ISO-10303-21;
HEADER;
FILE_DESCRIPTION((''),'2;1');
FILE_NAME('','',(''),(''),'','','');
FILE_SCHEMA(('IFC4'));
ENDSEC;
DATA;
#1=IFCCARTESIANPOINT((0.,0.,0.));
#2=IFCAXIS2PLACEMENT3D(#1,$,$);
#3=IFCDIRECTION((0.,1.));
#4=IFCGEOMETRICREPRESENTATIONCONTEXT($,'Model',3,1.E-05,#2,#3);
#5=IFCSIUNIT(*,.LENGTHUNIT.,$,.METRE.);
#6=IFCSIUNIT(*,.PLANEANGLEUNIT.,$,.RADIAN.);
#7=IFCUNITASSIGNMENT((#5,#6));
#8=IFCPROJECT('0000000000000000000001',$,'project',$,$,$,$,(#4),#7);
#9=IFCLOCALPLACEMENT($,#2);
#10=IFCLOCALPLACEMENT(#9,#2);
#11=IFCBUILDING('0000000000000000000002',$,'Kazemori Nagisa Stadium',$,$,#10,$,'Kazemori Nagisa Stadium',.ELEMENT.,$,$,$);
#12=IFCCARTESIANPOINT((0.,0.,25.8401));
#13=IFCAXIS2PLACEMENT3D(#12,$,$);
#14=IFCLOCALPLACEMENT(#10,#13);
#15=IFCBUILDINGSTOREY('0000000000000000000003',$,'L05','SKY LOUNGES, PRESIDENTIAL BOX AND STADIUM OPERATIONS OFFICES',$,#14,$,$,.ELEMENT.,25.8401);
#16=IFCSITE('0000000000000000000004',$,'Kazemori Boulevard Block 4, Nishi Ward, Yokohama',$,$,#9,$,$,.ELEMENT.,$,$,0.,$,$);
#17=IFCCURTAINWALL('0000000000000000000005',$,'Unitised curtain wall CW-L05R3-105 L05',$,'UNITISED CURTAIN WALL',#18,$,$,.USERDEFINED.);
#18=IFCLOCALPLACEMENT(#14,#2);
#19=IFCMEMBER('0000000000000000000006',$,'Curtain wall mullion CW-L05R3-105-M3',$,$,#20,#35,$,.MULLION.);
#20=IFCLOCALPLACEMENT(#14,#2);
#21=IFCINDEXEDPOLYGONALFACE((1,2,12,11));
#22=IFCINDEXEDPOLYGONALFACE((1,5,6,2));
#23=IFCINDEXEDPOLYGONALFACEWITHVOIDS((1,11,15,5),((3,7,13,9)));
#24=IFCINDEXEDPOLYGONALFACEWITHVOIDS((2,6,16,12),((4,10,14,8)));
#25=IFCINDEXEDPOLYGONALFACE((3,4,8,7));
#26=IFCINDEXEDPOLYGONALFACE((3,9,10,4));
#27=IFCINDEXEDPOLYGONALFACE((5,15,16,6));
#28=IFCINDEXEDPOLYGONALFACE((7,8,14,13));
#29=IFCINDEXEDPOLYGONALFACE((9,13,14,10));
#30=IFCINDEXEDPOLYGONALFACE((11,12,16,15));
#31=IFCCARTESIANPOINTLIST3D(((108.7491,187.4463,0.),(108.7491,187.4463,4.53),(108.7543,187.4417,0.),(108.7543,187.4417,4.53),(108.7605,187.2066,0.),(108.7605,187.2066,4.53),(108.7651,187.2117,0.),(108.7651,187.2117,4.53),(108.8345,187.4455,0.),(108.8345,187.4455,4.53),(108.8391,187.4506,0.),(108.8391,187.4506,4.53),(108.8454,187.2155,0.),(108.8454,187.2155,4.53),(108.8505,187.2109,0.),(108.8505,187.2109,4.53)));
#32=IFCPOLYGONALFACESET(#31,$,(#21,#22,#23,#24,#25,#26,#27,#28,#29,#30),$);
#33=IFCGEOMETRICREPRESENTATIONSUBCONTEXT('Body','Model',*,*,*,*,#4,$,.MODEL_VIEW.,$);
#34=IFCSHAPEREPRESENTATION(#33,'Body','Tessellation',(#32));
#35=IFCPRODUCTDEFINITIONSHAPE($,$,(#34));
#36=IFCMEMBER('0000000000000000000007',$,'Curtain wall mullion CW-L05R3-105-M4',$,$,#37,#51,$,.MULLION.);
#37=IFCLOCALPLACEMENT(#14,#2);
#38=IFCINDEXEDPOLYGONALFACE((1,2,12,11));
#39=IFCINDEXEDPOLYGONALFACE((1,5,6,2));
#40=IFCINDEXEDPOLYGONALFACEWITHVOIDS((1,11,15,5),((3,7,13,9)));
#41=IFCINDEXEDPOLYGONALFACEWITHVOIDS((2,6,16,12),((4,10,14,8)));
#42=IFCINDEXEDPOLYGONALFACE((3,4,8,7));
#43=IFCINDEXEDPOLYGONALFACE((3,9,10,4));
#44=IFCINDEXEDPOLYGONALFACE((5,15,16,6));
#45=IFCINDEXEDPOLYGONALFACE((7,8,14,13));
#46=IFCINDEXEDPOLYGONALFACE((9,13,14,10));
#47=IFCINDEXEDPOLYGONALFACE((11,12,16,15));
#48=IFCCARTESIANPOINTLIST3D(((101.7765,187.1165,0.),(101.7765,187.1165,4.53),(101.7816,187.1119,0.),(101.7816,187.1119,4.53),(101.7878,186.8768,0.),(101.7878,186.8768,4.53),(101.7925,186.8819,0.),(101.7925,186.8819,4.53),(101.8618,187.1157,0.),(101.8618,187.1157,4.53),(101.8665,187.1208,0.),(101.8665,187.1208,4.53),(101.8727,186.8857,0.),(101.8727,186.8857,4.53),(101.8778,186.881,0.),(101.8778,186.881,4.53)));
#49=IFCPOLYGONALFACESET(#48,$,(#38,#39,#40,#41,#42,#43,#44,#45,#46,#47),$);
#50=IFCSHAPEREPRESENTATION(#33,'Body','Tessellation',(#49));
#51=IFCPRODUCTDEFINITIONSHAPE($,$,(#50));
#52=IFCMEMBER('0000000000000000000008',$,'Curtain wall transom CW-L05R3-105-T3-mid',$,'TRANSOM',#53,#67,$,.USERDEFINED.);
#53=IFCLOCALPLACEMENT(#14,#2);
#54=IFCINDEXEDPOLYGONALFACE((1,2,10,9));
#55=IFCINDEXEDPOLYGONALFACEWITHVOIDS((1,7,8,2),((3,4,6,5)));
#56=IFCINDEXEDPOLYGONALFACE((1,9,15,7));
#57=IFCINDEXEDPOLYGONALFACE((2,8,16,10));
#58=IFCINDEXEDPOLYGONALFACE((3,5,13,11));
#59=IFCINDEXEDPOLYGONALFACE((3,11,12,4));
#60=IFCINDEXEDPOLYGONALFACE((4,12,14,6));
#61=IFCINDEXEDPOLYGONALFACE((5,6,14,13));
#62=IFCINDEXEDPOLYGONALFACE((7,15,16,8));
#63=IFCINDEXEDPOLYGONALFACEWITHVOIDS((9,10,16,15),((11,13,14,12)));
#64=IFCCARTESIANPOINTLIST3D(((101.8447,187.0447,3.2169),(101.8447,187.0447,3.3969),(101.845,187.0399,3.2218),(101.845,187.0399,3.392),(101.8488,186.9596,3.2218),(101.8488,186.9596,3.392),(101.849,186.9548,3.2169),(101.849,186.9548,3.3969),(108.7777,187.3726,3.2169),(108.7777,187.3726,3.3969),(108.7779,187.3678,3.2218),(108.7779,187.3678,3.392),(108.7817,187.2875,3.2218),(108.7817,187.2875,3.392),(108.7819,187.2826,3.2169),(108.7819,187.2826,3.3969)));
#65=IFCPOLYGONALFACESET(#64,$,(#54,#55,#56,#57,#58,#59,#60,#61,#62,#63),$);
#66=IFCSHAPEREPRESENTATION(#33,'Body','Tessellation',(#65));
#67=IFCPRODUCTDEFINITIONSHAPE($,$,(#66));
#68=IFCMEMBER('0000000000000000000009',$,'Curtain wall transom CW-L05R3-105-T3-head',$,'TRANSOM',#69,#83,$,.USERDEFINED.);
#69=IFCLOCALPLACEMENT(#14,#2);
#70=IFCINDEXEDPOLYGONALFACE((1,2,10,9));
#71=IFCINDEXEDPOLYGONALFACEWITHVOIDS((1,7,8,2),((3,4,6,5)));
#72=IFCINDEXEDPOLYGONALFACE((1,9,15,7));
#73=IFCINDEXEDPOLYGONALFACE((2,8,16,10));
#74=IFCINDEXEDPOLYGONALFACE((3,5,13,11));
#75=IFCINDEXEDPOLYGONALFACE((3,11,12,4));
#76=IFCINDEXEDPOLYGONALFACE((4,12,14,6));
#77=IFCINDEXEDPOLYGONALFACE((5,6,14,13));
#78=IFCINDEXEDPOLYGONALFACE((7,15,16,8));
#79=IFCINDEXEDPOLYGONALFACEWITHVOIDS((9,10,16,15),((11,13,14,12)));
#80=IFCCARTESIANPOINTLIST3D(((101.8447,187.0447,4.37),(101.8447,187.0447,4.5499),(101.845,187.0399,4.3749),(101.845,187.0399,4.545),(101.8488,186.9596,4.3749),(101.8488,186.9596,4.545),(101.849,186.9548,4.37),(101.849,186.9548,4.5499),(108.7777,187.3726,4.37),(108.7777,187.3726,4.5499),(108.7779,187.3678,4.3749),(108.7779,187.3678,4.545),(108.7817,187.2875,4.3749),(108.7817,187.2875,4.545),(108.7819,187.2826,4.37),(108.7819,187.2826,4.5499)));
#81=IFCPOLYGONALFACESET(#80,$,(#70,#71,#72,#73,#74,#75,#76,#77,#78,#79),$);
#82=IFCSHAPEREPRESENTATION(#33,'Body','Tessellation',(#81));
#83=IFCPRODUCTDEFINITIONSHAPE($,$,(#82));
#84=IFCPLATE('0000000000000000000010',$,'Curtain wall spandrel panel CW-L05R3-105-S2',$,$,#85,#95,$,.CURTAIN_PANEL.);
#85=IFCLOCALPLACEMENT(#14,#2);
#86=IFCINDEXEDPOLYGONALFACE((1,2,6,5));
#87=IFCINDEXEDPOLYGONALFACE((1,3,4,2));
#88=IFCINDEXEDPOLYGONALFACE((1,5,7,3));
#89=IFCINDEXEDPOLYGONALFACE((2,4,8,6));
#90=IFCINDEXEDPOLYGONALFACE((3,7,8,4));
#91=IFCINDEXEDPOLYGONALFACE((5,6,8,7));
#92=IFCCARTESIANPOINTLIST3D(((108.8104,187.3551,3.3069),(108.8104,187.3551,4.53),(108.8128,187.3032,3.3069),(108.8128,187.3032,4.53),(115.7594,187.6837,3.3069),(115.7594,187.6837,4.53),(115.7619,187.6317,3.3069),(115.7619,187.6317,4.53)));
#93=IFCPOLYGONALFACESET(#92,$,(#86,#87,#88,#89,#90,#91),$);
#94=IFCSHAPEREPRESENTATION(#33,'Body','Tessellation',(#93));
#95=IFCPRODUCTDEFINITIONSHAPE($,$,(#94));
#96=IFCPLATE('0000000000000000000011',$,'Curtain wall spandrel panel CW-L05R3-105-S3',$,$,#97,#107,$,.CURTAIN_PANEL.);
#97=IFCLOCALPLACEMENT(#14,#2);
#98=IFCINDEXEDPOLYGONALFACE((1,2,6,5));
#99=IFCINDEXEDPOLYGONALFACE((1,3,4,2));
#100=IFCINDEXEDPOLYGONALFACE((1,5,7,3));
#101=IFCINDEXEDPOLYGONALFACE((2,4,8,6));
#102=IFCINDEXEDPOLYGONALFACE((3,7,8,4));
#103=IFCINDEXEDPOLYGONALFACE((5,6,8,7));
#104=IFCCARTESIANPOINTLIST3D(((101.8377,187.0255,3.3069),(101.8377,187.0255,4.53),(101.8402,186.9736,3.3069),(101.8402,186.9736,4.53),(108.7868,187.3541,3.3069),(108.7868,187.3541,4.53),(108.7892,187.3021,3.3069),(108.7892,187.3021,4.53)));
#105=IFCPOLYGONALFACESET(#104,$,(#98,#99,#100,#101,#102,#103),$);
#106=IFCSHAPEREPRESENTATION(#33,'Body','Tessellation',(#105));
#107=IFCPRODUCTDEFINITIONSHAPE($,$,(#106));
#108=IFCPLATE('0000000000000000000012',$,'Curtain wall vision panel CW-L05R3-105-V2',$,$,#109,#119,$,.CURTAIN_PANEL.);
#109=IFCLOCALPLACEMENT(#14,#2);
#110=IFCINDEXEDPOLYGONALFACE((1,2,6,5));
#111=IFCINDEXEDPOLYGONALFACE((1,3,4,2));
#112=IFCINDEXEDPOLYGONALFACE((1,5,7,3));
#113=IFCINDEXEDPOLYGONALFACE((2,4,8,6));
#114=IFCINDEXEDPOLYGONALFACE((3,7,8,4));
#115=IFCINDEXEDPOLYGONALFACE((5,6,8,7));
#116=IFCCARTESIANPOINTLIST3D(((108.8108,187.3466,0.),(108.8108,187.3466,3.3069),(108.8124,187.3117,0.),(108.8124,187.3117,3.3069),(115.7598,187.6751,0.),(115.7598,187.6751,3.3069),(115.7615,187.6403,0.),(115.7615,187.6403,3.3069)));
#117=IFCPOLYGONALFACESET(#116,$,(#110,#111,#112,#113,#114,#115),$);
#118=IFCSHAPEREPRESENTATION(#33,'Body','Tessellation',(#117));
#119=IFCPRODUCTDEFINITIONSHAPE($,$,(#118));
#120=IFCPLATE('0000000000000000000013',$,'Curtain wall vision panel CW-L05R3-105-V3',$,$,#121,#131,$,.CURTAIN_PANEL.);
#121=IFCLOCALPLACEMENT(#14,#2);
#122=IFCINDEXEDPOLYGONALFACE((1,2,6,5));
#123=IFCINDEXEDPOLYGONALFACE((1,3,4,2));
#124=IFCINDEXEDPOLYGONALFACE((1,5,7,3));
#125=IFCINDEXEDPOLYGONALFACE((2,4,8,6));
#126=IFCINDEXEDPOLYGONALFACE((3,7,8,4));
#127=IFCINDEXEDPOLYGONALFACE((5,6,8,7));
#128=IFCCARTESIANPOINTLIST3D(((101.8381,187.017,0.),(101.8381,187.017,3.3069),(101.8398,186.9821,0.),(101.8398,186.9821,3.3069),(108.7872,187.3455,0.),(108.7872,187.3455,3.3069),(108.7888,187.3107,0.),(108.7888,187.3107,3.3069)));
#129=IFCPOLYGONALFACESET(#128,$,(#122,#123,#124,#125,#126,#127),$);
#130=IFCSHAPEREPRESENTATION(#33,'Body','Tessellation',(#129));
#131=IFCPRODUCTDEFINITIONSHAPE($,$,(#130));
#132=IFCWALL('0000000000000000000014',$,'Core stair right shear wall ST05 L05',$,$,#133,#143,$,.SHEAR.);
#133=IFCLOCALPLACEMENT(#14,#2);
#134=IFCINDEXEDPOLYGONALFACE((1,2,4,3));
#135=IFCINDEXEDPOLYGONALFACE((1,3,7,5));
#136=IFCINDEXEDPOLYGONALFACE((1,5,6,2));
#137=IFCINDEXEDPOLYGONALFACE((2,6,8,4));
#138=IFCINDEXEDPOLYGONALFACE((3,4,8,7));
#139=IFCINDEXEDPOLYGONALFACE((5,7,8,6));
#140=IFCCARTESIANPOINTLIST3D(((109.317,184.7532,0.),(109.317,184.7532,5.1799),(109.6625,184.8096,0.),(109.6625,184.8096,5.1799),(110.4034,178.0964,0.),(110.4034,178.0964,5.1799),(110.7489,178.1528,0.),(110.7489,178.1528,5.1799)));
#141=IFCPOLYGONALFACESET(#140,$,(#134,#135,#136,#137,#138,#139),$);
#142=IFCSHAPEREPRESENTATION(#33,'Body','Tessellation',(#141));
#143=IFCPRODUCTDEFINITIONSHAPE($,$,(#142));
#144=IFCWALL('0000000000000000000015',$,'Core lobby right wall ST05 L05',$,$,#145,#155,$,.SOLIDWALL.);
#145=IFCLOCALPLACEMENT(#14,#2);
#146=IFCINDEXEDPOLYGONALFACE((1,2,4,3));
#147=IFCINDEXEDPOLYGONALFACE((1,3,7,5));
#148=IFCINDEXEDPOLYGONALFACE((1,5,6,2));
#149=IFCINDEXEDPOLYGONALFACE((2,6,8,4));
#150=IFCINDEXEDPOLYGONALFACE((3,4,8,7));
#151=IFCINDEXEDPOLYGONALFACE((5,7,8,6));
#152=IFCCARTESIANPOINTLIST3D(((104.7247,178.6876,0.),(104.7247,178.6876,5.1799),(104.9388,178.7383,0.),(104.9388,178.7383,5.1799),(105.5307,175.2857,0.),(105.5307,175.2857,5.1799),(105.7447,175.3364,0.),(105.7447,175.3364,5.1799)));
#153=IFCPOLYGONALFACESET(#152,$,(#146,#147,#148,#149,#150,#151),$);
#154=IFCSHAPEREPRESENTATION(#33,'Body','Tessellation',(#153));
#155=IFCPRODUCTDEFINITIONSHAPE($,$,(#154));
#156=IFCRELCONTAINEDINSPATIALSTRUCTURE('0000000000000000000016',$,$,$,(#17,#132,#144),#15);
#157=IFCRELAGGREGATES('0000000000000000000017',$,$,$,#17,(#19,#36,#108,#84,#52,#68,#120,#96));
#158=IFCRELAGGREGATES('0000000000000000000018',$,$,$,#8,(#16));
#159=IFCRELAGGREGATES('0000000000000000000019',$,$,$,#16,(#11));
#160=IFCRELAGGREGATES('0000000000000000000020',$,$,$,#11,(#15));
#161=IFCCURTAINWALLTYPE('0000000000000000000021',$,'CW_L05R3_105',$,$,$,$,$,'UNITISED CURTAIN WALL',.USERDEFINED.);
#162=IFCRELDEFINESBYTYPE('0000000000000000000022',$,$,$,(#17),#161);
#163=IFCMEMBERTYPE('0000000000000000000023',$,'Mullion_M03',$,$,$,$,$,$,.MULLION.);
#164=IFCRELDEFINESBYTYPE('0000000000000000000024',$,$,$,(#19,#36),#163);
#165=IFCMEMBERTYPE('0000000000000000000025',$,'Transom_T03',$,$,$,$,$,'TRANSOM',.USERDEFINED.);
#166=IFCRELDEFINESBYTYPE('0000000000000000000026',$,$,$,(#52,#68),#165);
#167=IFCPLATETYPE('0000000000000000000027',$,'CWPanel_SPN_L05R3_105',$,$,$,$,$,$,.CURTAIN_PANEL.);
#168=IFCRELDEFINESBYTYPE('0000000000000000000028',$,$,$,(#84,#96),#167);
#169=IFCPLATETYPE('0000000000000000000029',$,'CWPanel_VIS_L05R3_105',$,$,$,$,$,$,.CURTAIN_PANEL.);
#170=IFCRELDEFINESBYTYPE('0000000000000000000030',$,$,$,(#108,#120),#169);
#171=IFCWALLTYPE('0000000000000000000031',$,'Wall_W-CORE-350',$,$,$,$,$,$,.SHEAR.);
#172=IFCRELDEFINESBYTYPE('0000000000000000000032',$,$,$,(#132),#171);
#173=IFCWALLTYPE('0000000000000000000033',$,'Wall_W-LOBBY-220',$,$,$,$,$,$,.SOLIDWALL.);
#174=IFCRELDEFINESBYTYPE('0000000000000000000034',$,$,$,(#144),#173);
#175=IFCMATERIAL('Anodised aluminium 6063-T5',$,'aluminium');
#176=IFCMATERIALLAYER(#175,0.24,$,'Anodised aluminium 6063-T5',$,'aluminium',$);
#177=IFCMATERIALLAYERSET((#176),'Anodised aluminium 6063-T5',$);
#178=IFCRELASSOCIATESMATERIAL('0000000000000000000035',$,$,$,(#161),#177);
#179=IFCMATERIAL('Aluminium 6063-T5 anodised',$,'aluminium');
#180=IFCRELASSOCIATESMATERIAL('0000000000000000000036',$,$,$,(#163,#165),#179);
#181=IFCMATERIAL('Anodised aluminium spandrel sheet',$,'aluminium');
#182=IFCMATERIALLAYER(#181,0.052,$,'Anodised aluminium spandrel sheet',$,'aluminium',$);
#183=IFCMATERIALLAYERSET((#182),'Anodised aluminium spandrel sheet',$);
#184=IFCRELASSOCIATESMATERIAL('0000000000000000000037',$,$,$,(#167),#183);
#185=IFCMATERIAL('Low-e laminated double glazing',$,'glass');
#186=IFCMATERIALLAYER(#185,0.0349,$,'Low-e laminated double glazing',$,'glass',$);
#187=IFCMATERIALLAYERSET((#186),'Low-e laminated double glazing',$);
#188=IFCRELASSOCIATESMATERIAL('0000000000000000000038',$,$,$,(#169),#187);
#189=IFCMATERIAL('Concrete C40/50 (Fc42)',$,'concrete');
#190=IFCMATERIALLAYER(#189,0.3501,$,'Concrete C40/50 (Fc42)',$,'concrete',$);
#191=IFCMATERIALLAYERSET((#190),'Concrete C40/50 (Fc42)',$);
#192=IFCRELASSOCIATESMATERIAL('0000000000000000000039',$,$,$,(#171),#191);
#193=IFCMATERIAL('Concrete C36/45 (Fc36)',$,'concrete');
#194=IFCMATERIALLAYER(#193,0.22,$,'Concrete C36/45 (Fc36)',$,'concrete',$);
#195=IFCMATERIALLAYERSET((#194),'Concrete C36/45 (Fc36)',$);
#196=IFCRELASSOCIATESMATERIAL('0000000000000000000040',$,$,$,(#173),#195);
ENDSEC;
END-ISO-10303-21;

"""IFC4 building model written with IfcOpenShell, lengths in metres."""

from ifc_helpers import new_model, si_unit, direction, frame, frame_2d, origin, origin_2d, place, context, subcontext, project, spatial, rectangle, hollow_rectangle, extrude, material, layer, layer_set, material_profile, profile_set, type_object, element, aggregate, save


model = new_model("IFC4")

# Units and contexts
model_context = context("Model", 3, precision=1e-05, world=origin(), true_north=direction((0.0, 1.0)))
body_context = subcontext(model_context, "Body", "Model", "MODEL_VIEW")
ifc_project = project(units=[si_unit("LENGTHUNIT", "METRE"), si_unit("PLANEANGLEUNIT", "RADIAN")], contexts=[model_context])

# Site, building, storey
site_placement = place(None, origin())
site = spatial("IfcSite", under=ifc_project, at=site_placement, Name="Kazemori Boulevard Block 4, Nishi Ward, Yokohama", CompositionType="ELEMENT", RefElevation=0.0)
building_placement = place(site_placement, origin())
building = spatial("IfcBuilding", under=site, at=building_placement, Name="Kazemori Nagisa Stadium", LongName="Kazemori Nagisa Stadium", CompositionType="ELEMENT")
storey_placement = place(building_placement, frame((0.0, 0.0, 25.8401)))
storey = spatial("IfcBuildingStorey", under=building, at=storey_placement, Name="L05", Description="SKY LOUNGES, PRESIDENTIAL BOX AND STADIUM OPERATIONS OFFICES", CompositionType="ELEMENT", Elevation=25.8401)

# Shared definitions
ifc_material_1 = material(Name="Concrete C40/50 (Fc42)", Category="concrete")

# Curtain wall, members, plates
ifc_material_2 = material(Name="Anodised aluminium 6063-T5", Category="aluminium")
ifc_layer_1 = layer(ifc_material_2, 0.24, Name="Anodised aluminium 6063-T5", Category="aluminium")
ifc_layer_set_1 = layer_set([ifc_layer_1], Name="Anodised aluminium 6063-T5")
curtain_wall_type = type_object("IfcCurtainWallType", Name="CW_L05R3_105", ElementType="UNITISED CURTAIN WALL", PredefinedType="USERDEFINED", material=ifc_layer_set_1)
curtain_wall_placement = place(storey_placement, origin())
curtain_wall = element("IfcCurtainWall", 1, at=curtain_wall_placement, inside=storey, type_object=curtain_wall_type, Name="Unitised curtain wall CW-L05R3-105 L05", ObjectType="UNITISED CURTAIN WALL", PredefinedType="USERDEFINED")
ifc_material_3 = material(Name="Aluminium 6063-T5 anodised", Category="aluminium")
ifc_material_profile_1 = material_profile(ifc_material_3, hollow_rectangle(XDim=0.0901, YDim=0.24, WallThickness=0.0049, at=origin_2d()), Name="ALU-MULL-90x240x5")
ifc_profile_set_1 = profile_set([ifc_material_profile_1], Name="Aluminium 6063-T5 anodised")
member_type_1 = type_object("IfcMemberType", Name="Mullion_M03", PredefinedType="MULLION", material=ifc_profile_set_1)
member_1_placement = place(storey_placement, frame((108.7998, 187.3286, 0.0), z_axis=(0.0, 0.0, 1.0), x_axis=(-0.998884, -0.04723, 0.0)))
member_1 = element("IfcMember", 2, at=member_1_placement, type_object=member_type_1, Name="Curtain wall mullion CW-L05R3-105-M3", PredefinedType="MULLION", context=body_context, shape_type="SweptSolid", body=[
    extrude(hollow_rectangle(XDim=0.0901, YDim=0.24, WallThickness=0.0049, at=origin_2d()), origin(), (0.0, 0.0, 1.0), 4.53),
])
member_2_placement = place(storey_placement, frame((101.8271, 186.9988, 0.0), z_axis=(0.0, 0.0, 1.0), x_axis=(-0.998884, -0.04723, 0.0)))
member_2 = element("IfcMember", 3, at=member_2_placement, type_object=member_type_1, Name="Curtain wall mullion CW-L05R3-105-M4", PredefinedType="MULLION", context=body_context, shape_type="SweptSolid", body=[
    extrude(hollow_rectangle(XDim=0.0901, YDim=0.24, WallThickness=0.0049, at=origin_2d()), origin(), (0.0, 0.0, 1.0), 4.53),
])
ifc_material_profile_2 = material_profile(ifc_material_3, hollow_rectangle(XDim=0.0901, YDim=0.1799, WallThickness=0.0049, at=origin_2d()), Name="ALU-TRAN-90x180x5")
ifc_profile_set_2 = profile_set([ifc_material_profile_2], Name="Aluminium 6063-T5 anodised")
member_type_2 = type_object("IfcMemberType", Name="Transom_T03", ElementType="TRANSOM", PredefinedType="USERDEFINED", material=ifc_profile_set_2)
member_3_placement = place(storey_placement, frame((108.7798, 187.3276, 3.3069), z_axis=(-0.998884, -0.047241, 0.0), x_axis=(0.047241, -0.998884, 0.0)))
member_3 = element("IfcMember", 4, at=member_3_placement, type_object=member_type_2, Name="Curtain wall transom CW-L05R3-105-T3-mid", ObjectType="TRANSOM", PredefinedType="USERDEFINED", context=body_context, shape_type="SweptSolid", body=[
    extrude(hollow_rectangle(XDim=0.0901, YDim=0.1799, WallThickness=0.0049, at=origin_2d()), origin(), (0.0, 0.0, 1.0), 6.9407),
])
member_4_placement = place(storey_placement, frame((108.7798, 187.3276, 4.46), z_axis=(-0.998884, -0.047241, 0.0), x_axis=(0.047241, -0.998884, 0.0)))
member_4 = element("IfcMember", 5, at=member_4_placement, type_object=member_type_2, Name="Curtain wall transom CW-L05R3-105-T3-head", ObjectType="TRANSOM", PredefinedType="USERDEFINED", context=body_context, shape_type="SweptSolid", body=[
    extrude(hollow_rectangle(XDim=0.0901, YDim=0.1799, WallThickness=0.0049, at=origin_2d()), origin(), (0.0, 0.0, 1.0), 6.9407),
])
ifc_material_4 = material(Name="Anodised aluminium spandrel sheet", Category="aluminium")
ifc_layer_2 = layer(ifc_material_4, 0.052, Name="Anodised aluminium spandrel sheet", Category="aluminium")
ifc_layer_set_2 = layer_set([ifc_layer_2], Name="Anodised aluminium spandrel sheet")
plate_type_1 = type_object("IfcPlateType", Name="CWPanel_SPN_L05R3_105", PredefinedType="CURTAIN_PANEL", material=ifc_layer_set_2)
plate_1_placement = place(storey_placement, frame((112.2861, 187.4934, 3.3069), z_axis=(0.0, 0.0, 1.0), x_axis=(-0.998884, -0.04723, 0.0)))
plate_1 = element("IfcPlate", 6, at=plate_1_placement, type_object=plate_type_1, Name="Curtain wall spandrel panel CW-L05R3-105-S2", PredefinedType="CURTAIN_PANEL", context=body_context, shape_type="SweptSolid", body=[
    extrude(rectangle(XDim=6.9568, YDim=0.052, at=origin_2d()), origin(), (0.0, 0.0, 1.0), 1.2231),
])
plate_2_placement = place(storey_placement, frame((105.3135, 187.1638, 3.3069), z_axis=(0.0, 0.0, 1.0), x_axis=(-0.998884, -0.04723, 0.0)))
plate_2 = element("IfcPlate", 7, at=plate_2_placement, type_object=plate_type_1, Name="Curtain wall spandrel panel CW-L05R3-105-S3", PredefinedType="CURTAIN_PANEL", context=body_context, shape_type="SweptSolid", body=[
    extrude(rectangle(XDim=6.9568, YDim=0.052, at=origin_2d()), origin(), (0.0, 0.0, 1.0), 1.2231),
])
ifc_material_5 = material(Name="Low-e laminated double glazing", Category="glass")
ifc_layer_3 = layer(ifc_material_5, 0.0349, Name="Low-e laminated double glazing", Category="glass")
ifc_layer_set_3 = layer_set([ifc_layer_3], Name="Low-e laminated double glazing")
plate_type_2 = type_object("IfcPlateType", Name="CWPanel_VIS_L05R3_105", PredefinedType="CURTAIN_PANEL", material=ifc_layer_set_3)
plate_3_placement = place(storey_placement, frame((112.2861, 187.4934, 0.0), z_axis=(0.0, 0.0, 1.0), x_axis=(-0.998884, -0.04723, 0.0)))
plate_3 = element("IfcPlate", 8, at=plate_3_placement, type_object=plate_type_2, Name="Curtain wall vision panel CW-L05R3-105-V2", PredefinedType="CURTAIN_PANEL", context=body_context, shape_type="SweptSolid", body=[
    extrude(rectangle(XDim=6.9568, YDim=0.0349, at=origin_2d()), origin(), (0.0, 0.0, 1.0), 3.3069),
])
plate_4_placement = place(storey_placement, frame((105.3135, 187.1638, 0.0), z_axis=(0.0, 0.0, 1.0), x_axis=(-0.998884, -0.04723, 0.0)))
plate_4 = element("IfcPlate", 9, at=plate_4_placement, type_object=plate_type_2, Name="Curtain wall vision panel CW-L05R3-105-V3", PredefinedType="CURTAIN_PANEL", context=body_context, shape_type="SweptSolid", body=[
    extrude(rectangle(XDim=6.9568, YDim=0.0349, at=origin_2d()), origin(), (0.0, 0.0, 1.0), 3.3069),
])
aggregate(curtain_wall, [member_1, member_2, plate_3, plate_1, member_3, member_4, plate_4, plate_2])

# Walls
ifc_layer_4 = layer(ifc_material_1, 0.3501, Name="Concrete C40/50 (Fc42)", Category="concrete")
ifc_layer_set_4 = layer_set([ifc_layer_4], Name="Concrete C40/50 (Fc42)")
wall_type_1 = type_object("IfcWallType", Name="Wall_W-CORE-350", PredefinedType="SHEAR", material=ifc_layer_set_4)
wall_1_placement = place(storey_placement, frame((110.5762, 178.1245, 0.0), z_axis=(0.0, 0.0, 1.0), x_axis=(-0.161076, 0.986942, 0.0)))
element("IfcWall", 10, at=wall_1_placement, inside=storey, type_object=wall_type_1, Name="Core stair right shear wall ST05 L05", PredefinedType="SHEAR", context=body_context, shape_type="SweptSolid", body=[
    extrude(rectangle(XDim=6.7449, YDim=0.3501, at=frame_2d((3.3726, 0.0))), origin(), (0.0, 0.0, 1.0), 5.1799),
])
ifc_material_6 = material(Name="Concrete C36/45 (Fc36)", Category="concrete")
ifc_layer_5 = layer(ifc_material_6, 0.22, Name="Concrete C36/45 (Fc36)", Category="concrete")
ifc_layer_set_5 = layer_set([ifc_layer_5], Name="Concrete C36/45 (Fc36)")
wall_type_2 = type_object("IfcWallType", Name="Wall_W-LOBBY-220", PredefinedType="SOLIDWALL", material=ifc_layer_set_5)
wall_2_placement = place(storey_placement, frame((105.6377, 175.311, 0.0), z_axis=(0.0, 0.0, 1.0), x_axis=(-0.230522, 0.973067, 0.0)))
element("IfcWall", 11, at=wall_2_placement, inside=storey, type_object=wall_type_2, Name="Core lobby right wall ST05 L05", PredefinedType="SOLIDWALL", context=body_context, shape_type="SweptSolid", body=[
    extrude(rectangle(XDim=3.4961, YDim=0.22, at=frame_2d((1.748, 0.0))), origin(), (0.0, 0.0, 1.0), 5.1799),
])

save(model, "model.ifc")
